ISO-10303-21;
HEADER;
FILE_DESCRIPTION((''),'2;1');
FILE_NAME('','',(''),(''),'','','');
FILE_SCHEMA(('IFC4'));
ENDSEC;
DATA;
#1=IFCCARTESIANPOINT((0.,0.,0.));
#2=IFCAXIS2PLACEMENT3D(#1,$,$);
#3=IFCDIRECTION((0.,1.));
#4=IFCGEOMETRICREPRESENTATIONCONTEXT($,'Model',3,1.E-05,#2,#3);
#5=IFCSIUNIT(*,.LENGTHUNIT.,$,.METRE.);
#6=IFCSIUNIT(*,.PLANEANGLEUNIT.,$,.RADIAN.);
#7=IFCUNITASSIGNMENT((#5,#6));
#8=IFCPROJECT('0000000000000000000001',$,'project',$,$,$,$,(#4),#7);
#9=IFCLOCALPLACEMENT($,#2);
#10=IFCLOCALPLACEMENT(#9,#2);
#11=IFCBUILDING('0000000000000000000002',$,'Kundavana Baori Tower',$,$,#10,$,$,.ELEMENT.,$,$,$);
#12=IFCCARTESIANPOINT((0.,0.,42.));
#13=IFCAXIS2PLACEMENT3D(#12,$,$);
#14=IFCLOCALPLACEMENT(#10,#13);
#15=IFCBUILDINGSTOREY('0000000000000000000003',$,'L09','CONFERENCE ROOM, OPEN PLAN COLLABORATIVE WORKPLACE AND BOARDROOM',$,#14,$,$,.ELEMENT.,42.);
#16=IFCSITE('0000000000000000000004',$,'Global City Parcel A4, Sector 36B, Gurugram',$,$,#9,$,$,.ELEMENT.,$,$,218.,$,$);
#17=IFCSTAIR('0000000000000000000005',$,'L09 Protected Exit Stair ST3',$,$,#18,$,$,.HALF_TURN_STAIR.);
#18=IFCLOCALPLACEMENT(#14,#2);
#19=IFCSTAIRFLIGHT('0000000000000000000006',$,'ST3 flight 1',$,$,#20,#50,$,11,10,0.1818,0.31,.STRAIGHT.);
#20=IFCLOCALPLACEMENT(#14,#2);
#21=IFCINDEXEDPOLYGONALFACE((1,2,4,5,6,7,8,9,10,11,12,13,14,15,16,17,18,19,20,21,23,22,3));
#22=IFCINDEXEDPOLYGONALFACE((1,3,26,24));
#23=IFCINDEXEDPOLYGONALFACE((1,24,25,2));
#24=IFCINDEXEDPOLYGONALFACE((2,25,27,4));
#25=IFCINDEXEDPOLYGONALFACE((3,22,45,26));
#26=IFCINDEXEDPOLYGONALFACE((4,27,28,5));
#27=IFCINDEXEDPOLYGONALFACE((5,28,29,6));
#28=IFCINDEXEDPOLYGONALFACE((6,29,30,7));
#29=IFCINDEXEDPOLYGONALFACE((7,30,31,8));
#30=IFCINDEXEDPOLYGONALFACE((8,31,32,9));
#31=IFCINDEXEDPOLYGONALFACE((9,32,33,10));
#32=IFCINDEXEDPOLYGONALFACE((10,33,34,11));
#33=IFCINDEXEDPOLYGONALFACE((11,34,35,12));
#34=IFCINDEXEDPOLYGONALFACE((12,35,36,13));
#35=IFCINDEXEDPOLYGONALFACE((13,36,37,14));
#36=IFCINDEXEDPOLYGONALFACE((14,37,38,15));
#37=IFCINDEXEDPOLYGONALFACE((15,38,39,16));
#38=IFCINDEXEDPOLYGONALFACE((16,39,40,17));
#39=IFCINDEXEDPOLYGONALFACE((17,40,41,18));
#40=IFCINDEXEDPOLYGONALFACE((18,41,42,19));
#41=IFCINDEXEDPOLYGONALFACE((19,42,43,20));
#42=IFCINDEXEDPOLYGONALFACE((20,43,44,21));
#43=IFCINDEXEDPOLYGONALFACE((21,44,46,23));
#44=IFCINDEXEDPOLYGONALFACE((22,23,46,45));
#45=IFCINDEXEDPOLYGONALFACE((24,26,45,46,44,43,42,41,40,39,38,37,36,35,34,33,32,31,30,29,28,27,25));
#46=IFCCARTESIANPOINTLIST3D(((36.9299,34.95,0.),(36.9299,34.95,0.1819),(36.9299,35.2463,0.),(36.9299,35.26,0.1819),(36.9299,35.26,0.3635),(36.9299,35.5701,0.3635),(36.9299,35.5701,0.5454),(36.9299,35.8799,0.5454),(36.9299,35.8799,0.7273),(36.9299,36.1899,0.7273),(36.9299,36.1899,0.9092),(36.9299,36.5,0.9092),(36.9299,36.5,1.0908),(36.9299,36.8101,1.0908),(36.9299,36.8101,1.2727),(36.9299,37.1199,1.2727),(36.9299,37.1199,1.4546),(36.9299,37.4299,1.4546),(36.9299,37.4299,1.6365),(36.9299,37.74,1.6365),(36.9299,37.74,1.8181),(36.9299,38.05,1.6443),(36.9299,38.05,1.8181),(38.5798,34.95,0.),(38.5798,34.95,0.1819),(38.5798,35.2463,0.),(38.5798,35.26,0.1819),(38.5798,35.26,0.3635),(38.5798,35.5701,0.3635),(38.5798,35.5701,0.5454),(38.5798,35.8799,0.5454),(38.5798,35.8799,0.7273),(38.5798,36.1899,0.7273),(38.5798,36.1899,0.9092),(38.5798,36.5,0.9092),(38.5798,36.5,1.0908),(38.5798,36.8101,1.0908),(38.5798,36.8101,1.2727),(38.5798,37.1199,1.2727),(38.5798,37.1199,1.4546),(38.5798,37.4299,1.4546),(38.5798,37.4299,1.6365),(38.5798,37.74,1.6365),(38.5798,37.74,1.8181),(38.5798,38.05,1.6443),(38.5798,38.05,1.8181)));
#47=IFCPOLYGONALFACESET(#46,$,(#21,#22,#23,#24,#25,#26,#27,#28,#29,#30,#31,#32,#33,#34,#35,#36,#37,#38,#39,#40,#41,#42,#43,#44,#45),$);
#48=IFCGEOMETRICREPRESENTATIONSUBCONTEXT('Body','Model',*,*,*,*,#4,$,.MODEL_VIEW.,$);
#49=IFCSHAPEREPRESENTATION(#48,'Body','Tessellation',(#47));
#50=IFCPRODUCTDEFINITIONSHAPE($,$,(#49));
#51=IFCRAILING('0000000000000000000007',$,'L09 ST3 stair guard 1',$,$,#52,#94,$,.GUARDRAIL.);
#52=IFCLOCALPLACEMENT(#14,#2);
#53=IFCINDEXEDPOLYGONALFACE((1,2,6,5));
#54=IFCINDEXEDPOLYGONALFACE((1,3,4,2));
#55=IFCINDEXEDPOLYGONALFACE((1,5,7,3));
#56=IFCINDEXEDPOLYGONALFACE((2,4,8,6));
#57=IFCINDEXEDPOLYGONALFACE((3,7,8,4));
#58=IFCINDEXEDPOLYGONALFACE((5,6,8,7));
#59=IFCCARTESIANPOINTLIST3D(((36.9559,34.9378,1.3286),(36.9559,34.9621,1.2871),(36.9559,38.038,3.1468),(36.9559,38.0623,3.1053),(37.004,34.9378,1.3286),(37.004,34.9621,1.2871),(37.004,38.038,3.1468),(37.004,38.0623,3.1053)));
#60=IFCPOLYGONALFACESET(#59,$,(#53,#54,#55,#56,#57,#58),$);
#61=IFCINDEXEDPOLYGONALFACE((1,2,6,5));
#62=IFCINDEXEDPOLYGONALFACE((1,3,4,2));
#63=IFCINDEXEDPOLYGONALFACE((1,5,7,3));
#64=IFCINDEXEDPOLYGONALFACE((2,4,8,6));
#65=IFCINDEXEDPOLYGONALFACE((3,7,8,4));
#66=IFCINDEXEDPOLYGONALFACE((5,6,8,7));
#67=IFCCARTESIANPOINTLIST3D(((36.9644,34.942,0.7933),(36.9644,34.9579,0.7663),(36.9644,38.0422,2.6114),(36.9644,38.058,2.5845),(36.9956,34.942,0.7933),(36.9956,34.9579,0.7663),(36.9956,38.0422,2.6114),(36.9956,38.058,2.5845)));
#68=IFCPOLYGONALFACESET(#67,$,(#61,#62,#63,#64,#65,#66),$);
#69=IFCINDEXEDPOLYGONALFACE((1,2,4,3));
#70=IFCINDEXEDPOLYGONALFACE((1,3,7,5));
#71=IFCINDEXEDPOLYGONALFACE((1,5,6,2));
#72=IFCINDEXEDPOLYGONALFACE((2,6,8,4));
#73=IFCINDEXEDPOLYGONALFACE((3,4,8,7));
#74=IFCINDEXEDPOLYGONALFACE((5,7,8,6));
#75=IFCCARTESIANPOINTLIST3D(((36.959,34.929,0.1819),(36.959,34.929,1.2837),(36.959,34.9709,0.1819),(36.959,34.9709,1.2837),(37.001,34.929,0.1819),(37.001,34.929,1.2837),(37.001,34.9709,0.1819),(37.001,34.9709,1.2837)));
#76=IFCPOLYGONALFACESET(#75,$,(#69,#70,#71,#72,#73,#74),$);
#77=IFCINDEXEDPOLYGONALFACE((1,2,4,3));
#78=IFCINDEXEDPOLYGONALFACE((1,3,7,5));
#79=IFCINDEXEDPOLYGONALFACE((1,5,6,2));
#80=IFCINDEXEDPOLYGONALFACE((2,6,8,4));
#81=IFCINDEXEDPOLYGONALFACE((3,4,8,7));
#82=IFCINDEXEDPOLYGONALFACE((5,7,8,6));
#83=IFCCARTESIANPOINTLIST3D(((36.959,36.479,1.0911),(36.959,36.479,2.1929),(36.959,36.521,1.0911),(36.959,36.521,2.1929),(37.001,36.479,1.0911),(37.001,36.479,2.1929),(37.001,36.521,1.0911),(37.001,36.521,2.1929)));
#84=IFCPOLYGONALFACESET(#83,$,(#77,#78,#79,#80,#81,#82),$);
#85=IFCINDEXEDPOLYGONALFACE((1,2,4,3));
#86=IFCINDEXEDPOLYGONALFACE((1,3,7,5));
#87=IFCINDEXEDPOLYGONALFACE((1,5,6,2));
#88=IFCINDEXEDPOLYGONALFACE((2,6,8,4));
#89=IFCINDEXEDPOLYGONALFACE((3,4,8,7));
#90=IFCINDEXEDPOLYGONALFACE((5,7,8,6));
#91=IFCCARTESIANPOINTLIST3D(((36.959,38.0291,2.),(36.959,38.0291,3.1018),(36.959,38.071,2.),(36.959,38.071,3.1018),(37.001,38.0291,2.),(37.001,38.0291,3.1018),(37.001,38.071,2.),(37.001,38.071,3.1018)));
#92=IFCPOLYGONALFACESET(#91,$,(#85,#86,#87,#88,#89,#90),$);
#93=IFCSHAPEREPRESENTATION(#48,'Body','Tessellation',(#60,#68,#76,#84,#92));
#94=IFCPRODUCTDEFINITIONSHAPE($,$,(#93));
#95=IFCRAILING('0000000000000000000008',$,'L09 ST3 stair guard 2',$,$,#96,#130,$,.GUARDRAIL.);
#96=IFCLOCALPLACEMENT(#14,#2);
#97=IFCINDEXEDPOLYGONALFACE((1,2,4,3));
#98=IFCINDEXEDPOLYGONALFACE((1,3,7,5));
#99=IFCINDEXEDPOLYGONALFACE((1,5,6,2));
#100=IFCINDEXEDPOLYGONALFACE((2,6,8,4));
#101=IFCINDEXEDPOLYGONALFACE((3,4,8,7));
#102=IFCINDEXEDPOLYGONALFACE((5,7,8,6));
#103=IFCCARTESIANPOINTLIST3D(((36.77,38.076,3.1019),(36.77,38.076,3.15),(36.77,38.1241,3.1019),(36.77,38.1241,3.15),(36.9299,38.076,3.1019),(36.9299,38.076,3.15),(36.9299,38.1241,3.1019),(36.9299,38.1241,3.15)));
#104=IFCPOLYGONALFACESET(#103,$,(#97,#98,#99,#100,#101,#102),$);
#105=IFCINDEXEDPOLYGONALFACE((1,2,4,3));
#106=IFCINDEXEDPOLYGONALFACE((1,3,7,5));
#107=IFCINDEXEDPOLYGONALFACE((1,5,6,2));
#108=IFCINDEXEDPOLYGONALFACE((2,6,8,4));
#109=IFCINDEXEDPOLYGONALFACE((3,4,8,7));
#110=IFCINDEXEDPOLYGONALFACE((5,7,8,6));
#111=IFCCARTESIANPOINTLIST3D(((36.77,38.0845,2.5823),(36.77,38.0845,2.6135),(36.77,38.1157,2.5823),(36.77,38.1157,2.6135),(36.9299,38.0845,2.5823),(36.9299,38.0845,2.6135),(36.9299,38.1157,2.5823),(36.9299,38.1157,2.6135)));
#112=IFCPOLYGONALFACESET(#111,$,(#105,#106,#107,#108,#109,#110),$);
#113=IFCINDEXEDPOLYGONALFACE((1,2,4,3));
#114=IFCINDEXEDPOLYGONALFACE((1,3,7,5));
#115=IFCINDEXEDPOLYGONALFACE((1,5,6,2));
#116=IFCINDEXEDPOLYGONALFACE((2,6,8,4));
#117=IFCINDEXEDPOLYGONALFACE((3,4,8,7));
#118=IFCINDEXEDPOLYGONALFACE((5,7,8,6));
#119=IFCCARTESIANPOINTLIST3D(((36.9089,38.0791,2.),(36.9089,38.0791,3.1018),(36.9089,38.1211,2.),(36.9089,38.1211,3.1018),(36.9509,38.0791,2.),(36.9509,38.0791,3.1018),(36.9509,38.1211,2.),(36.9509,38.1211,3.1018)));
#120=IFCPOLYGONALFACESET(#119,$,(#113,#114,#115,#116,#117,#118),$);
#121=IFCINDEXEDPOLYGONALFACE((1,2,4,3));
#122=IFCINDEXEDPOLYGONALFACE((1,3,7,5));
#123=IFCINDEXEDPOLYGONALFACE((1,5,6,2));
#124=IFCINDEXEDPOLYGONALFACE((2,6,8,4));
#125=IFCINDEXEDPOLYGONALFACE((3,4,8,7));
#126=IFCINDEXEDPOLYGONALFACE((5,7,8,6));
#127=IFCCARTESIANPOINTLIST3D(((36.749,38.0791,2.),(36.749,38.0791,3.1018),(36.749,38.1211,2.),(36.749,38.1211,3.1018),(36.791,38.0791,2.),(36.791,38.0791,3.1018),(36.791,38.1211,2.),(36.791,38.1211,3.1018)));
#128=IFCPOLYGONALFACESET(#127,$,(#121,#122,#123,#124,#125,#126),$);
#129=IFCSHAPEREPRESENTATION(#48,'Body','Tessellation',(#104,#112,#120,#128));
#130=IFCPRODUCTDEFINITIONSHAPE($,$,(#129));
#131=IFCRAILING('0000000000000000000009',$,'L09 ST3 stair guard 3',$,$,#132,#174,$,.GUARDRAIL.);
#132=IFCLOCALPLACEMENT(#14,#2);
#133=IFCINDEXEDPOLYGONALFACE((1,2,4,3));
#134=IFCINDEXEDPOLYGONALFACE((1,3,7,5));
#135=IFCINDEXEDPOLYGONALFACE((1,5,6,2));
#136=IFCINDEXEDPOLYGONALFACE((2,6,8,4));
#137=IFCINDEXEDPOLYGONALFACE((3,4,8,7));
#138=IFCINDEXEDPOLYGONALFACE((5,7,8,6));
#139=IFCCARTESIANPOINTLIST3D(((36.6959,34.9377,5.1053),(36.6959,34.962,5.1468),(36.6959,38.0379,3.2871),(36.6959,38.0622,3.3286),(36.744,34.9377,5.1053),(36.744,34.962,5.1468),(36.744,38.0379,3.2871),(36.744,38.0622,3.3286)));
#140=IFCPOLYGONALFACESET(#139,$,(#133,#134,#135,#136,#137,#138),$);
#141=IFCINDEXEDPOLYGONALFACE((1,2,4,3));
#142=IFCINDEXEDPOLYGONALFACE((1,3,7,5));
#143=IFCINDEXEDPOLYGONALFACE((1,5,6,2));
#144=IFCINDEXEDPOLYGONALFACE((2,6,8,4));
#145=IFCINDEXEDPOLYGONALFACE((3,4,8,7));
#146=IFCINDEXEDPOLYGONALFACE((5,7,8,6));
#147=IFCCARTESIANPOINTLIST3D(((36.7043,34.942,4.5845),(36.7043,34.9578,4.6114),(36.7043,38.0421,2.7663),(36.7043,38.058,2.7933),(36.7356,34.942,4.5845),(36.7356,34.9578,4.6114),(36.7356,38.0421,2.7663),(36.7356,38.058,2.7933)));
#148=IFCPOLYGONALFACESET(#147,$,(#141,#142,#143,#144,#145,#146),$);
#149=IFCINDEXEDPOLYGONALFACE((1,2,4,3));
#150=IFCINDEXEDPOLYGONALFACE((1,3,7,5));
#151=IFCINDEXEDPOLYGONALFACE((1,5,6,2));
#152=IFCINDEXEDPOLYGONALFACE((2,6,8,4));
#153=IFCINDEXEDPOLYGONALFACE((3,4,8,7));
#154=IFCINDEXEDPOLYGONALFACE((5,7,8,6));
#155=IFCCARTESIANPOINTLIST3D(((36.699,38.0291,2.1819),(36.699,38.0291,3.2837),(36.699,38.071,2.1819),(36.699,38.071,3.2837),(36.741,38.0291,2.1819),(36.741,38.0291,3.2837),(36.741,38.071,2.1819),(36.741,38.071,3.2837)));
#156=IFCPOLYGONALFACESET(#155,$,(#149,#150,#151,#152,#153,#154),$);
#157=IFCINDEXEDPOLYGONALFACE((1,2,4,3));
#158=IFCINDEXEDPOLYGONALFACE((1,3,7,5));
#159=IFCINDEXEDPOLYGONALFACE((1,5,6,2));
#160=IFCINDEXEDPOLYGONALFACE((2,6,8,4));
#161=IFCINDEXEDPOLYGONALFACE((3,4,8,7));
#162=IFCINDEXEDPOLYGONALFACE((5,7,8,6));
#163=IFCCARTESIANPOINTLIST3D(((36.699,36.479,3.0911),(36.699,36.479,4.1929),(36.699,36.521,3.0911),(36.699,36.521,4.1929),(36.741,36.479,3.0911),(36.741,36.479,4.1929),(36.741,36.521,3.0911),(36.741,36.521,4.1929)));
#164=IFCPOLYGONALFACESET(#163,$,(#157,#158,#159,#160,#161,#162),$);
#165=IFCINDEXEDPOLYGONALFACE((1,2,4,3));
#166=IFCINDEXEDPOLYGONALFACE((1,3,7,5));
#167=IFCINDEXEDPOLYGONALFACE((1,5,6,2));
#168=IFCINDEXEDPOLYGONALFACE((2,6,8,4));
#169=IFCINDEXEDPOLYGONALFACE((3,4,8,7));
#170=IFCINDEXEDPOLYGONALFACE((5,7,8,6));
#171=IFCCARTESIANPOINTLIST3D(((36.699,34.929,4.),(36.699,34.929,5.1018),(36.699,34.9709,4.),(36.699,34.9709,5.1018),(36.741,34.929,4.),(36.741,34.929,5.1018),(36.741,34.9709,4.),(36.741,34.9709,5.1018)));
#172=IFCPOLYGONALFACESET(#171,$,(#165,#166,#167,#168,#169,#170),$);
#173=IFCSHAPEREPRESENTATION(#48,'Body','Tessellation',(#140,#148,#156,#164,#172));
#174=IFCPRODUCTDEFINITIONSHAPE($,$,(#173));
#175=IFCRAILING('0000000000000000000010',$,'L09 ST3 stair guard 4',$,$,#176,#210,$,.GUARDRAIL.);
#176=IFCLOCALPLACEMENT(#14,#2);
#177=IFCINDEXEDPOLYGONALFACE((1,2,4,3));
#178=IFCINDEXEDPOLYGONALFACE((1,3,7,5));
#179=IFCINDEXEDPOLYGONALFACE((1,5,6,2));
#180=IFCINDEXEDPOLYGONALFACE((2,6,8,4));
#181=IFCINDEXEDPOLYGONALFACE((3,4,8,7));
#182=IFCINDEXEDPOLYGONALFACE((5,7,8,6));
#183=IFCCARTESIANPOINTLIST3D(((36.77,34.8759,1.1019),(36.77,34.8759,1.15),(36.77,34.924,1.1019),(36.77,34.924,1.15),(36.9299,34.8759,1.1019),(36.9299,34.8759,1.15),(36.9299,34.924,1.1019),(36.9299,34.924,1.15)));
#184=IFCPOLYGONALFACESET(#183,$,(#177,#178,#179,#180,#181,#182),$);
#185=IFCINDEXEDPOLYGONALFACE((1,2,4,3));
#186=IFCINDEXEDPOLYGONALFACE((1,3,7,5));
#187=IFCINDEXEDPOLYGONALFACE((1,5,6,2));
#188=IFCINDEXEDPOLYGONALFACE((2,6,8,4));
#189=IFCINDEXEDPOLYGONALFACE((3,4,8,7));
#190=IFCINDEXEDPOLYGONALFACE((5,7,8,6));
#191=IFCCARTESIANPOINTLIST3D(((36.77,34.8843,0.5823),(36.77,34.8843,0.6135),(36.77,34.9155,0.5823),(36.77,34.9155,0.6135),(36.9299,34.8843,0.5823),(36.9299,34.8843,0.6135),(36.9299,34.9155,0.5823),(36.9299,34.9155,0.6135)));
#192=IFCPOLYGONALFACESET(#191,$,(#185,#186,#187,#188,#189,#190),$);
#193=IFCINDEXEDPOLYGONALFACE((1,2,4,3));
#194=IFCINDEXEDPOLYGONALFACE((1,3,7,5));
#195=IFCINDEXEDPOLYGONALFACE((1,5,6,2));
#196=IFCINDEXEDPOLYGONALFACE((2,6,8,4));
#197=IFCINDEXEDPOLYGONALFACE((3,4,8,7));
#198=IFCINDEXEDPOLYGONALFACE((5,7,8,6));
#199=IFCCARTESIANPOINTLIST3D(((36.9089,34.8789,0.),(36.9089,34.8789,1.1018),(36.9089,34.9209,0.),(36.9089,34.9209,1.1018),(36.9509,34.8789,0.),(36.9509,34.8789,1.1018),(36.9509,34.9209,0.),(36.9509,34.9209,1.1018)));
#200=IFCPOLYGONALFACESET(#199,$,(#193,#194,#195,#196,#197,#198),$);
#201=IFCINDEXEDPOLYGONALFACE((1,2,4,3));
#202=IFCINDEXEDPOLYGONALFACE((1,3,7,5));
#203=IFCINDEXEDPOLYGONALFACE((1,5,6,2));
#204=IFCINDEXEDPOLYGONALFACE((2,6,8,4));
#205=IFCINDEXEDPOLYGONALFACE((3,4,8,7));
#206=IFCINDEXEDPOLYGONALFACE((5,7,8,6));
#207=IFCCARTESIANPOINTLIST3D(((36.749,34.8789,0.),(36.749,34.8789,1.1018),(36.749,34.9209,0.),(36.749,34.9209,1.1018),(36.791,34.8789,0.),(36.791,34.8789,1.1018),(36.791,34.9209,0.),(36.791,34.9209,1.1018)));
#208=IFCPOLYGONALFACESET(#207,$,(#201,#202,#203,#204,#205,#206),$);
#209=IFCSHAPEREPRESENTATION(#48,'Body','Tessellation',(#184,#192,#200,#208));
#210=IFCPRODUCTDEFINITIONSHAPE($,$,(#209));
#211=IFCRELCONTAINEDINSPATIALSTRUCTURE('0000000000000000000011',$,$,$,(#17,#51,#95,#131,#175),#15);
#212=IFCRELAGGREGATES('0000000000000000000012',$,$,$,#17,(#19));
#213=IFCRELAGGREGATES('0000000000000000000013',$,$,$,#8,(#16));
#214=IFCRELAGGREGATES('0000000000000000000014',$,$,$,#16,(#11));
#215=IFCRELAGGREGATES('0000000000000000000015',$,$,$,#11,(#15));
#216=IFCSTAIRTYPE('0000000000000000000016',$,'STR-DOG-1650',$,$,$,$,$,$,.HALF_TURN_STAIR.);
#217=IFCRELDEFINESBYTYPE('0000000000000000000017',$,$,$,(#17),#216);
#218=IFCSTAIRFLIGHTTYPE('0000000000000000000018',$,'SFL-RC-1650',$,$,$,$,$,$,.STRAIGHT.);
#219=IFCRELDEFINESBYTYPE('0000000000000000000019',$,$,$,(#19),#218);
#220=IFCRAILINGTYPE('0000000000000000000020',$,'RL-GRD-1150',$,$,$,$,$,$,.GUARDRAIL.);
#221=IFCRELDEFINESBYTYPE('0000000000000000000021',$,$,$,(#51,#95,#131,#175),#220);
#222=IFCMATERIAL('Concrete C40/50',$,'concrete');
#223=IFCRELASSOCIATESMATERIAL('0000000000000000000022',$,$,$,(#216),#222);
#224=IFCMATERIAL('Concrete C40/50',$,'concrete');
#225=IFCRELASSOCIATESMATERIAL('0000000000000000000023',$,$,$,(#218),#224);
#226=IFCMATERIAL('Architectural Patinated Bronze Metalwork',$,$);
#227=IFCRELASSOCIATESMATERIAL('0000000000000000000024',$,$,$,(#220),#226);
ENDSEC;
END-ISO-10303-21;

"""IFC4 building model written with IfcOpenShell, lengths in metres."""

from ifc_helpers import new_model, si_unit, direction, frame, origin, origin_2d, place, context, subcontext, project, spatial, polyline, rectangle, outline, extrude, material, type_object, element, aggregate, save


model = new_model("IFC4")

# Units and contexts
model_context = context("Model", 3, precision=1e-05, world=origin(), true_north=direction((0.0, 1.0)))
body_context = subcontext(model_context, "Body", "Model", "MODEL_VIEW")
ifc_project = project(units=[si_unit("LENGTHUNIT", "METRE"), si_unit("PLANEANGLEUNIT", "RADIAN")], contexts=[model_context])

# Site, building, storey
site_placement = place(None, origin())
site = spatial("IfcSite", under=ifc_project, at=site_placement, Name="Global City Parcel A4, Sector 36B, Gurugram", CompositionType="ELEMENT", RefElevation=218.0)
building_placement = place(site_placement, origin())
building = spatial("IfcBuilding", under=site, at=building_placement, Name="Kundavana Baori Tower", CompositionType="ELEMENT")
storey_placement = place(building_placement, frame((0.0, 0.0, 42.0)))
storey = spatial("IfcBuildingStorey", under=building, at=storey_placement, Name="L09", Description="CONFERENCE ROOM, OPEN PLAN COLLABORATIVE WORKPLACE AND BOARDROOM", CompositionType="ELEMENT", Elevation=42.0)

# Stair, stair flight
ifc_material_1 = material(Name="Concrete C40/50", Category="concrete")
stair_type = type_object("IfcStairType", Name="STR-DOG-1650", PredefinedType="HALF_TURN_STAIR", material=ifc_material_1)
stair_placement = place(storey_placement, origin())
stair = element("IfcStair", 1, at=stair_placement, inside=storey, type_object=stair_type, Name="L09 Protected Exit Stair ST3", PredefinedType="HALF_TURN_STAIR")
ifc_material_2 = material(Name="Concrete C40/50", Category="concrete")
stair_flight_type = type_object("IfcStairFlightType", Name="SFL-RC-1650", PredefinedType="STRAIGHT", material=ifc_material_2)
stair_flight_placement = place(storey_placement, frame((37.7549, 34.95, 0.0), z_axis=(0.0, 0.0, 1.0), x_axis=(0.0, 1.0, 0.0)))
stair_flight = element("IfcStairFlight", 2, at=stair_flight_placement, type_object=stair_flight_type, Name="ST3 flight 1", NumberOfRisers=11, NumberOfTreads=10, PredefinedType="STRAIGHT", RiserHeight=0.1818, TreadLength=0.31, context=body_context, shape_type="SweptSolid", body=[
    extrude(outline(polyline([(0.0, 0.0), (0.0, 0.1819), (0.3101, 0.1819), (0.3101, 0.3635), (0.6201, 0.3635), (0.6201, 0.5454), (0.9299, 0.5454), (0.9299, 0.7273), (1.24, 0.7273), (1.24, 0.9092), (1.55, 0.9092), (1.55, 1.0908), (1.8601, 1.0908), (1.8601, 1.2727), (2.1699, 1.2727), (2.1699, 1.4546), (2.48, 1.4546), (2.48, 1.6365), (2.79, 1.6365), (2.79, 1.8181), (3.1001, 1.8181), (3.1001, 2.0), (3.1001, 1.6443), (0.2964, 0.0), (0.0, 0.0)])), frame((0.0, 0.825, 0.0), z_axis=(0.0, -1.0, 0.0), x_axis=(1.0, 0.0, 0.0)), (0.0, 0.0, 1.0), 1.6499),
])
aggregate(stair, [stair_flight])

# Railings
ifc_material_3 = material(Name="Architectural Patinated Bronze Metalwork")
railing_type_1 = type_object("IfcRailingType", Name="RL-GRD-1150", PredefinedType="GUARDRAIL", material=ifc_material_3)
railing_1_placement = place(storey_placement, frame((36.98, 34.95, 0.1819)))
element("IfcRailing", 3, at=railing_1_placement, inside=storey, type_object=railing_type_1, Name="L09 ST3 stair guard 1", PredefinedType="GUARDRAIL", context=body_context, shape_type="SweptSolid", body=[
    extrude(rectangle(XDim=0.0481, YDim=0.0481, at=origin_2d()), frame((0.0, 0.0, 1.126), z_axis=(0.0, 0.862599, 0.505889), x_axis=(-1.0, 0.0, 0.0)), (0.0, 0.0, 1.0), 3.594),
    extrude(rectangle(XDim=0.0312, YDim=0.0312, at=origin_2d()), frame((0.0, 0.0, 0.5979), z_axis=(0.0, 0.862599, 0.505889), x_axis=(-1.0, 0.0, 0.0)), (0.0, 0.0, 1.0), 3.594),
    extrude(rectangle(XDim=0.042, YDim=0.042, at=origin_2d()), origin(), (0.0, 0.0, 1.0), 1.1018),
    extrude(rectangle(XDim=0.042, YDim=0.042, at=origin_2d()), frame((0.0, 1.55, 0.9092)), (0.0, 0.0, 1.0), 1.1018),
    extrude(rectangle(XDim=0.042, YDim=0.042, at=origin_2d()), frame((0.0, 3.1001, 1.8181)), (0.0, 0.0, 1.0), 1.1018),
])
railing_2_placement = place(storey_placement, frame((36.9299, 38.1001, 2.0)))
element("IfcRailing", 4, at=railing_2_placement, inside=storey, type_object=railing_type_1, Name="L09 ST3 stair guard 2", PredefinedType="GUARDRAIL", context=body_context, shape_type="SweptSolid", body=[
    extrude(rectangle(XDim=0.0481, YDim=0.0481, at=origin_2d()), frame((0.0, 0.0, 1.126), z_axis=(-1.0, 0.0, 0.0), x_axis=(0.0, -1.0, 0.0)), (0.0, 0.0, 1.0), 0.1599),
    extrude(rectangle(XDim=0.0312, YDim=0.0312, at=origin_2d()), frame((0.0, 0.0, 0.5979), z_axis=(-1.0, 0.0, 0.0), x_axis=(0.0, -1.0, 0.0)), (0.0, 0.0, 1.0), 0.1599),
    extrude(rectangle(XDim=0.042, YDim=0.042, at=origin_2d()), origin(), (0.0, 0.0, 1.0), 1.1018),
    extrude(rectangle(XDim=0.042, YDim=0.042, at=origin_2d()), frame((-0.1599, 0.0, 0.0)), (0.0, 0.0, 1.0), 1.1018),
])
railing_3_placement = place(storey_placement, frame((36.72, 38.05, 2.1819)))
element("IfcRailing", 5, at=railing_3_placement, inside=storey, type_object=railing_type_1, Name="L09 ST3 stair guard 3", PredefinedType="GUARDRAIL", context=body_context, shape_type="SweptSolid", body=[
    extrude(rectangle(XDim=0.0481, YDim=0.0481, at=origin_2d()), frame((0.0, 0.0, 1.126), z_axis=(0.0, -0.862599, 0.505889), x_axis=(1.0, 0.0, 0.0)), (0.0, 0.0, 1.0), 3.594),
    extrude(rectangle(XDim=0.0312, YDim=0.0312, at=origin_2d()), frame((0.0, 0.0, 0.5979), z_axis=(0.0, -0.862599, 0.505889), x_axis=(1.0, 0.0, 0.0)), (0.0, 0.0, 1.0), 3.594),
    extrude(rectangle(XDim=0.042, YDim=0.042, at=origin_2d()), origin(), (0.0, 0.0, 1.0), 1.1018),
    extrude(rectangle(XDim=0.042, YDim=0.042, at=origin_2d()), frame((0.0, -1.55, 0.9092)), (0.0, 0.0, 1.0), 1.1018),
    extrude(rectangle(XDim=0.042, YDim=0.042, at=origin_2d()), frame((0.0, -3.1001, 1.8181)), (0.0, 0.0, 1.0), 1.1018),
])
railing_4_placement = place(storey_placement, frame((36.9299, 34.8999, 0.0)))
element("IfcRailing", 6, at=railing_4_placement, inside=storey, type_object=railing_type_1, Name="L09 ST3 stair guard 4", PredefinedType="GUARDRAIL", context=body_context, shape_type="SweptSolid", body=[
    extrude(rectangle(XDim=0.0481, YDim=0.0481, at=origin_2d()), frame((0.0, 0.0, 1.126), z_axis=(-1.0, 0.0, 0.0), x_axis=(0.0, -1.0, 0.0)), (0.0, 0.0, 1.0), 0.1599),
    extrude(rectangle(XDim=0.0312, YDim=0.0312, at=origin_2d()), frame((0.0, 0.0, 0.5979), z_axis=(-1.0, 0.0, 0.0), x_axis=(0.0, -1.0, 0.0)), (0.0, 0.0, 1.0), 0.1599),
    extrude(rectangle(XDim=0.042, YDim=0.042, at=origin_2d()), origin(), (0.0, 0.0, 1.0), 1.1018),
    extrude(rectangle(XDim=0.042, YDim=0.042, at=origin_2d()), frame((-0.1599, 0.0, 0.0)), (0.0, 0.0, 1.0), 1.1018),
])

save(model, "model.ifc")
